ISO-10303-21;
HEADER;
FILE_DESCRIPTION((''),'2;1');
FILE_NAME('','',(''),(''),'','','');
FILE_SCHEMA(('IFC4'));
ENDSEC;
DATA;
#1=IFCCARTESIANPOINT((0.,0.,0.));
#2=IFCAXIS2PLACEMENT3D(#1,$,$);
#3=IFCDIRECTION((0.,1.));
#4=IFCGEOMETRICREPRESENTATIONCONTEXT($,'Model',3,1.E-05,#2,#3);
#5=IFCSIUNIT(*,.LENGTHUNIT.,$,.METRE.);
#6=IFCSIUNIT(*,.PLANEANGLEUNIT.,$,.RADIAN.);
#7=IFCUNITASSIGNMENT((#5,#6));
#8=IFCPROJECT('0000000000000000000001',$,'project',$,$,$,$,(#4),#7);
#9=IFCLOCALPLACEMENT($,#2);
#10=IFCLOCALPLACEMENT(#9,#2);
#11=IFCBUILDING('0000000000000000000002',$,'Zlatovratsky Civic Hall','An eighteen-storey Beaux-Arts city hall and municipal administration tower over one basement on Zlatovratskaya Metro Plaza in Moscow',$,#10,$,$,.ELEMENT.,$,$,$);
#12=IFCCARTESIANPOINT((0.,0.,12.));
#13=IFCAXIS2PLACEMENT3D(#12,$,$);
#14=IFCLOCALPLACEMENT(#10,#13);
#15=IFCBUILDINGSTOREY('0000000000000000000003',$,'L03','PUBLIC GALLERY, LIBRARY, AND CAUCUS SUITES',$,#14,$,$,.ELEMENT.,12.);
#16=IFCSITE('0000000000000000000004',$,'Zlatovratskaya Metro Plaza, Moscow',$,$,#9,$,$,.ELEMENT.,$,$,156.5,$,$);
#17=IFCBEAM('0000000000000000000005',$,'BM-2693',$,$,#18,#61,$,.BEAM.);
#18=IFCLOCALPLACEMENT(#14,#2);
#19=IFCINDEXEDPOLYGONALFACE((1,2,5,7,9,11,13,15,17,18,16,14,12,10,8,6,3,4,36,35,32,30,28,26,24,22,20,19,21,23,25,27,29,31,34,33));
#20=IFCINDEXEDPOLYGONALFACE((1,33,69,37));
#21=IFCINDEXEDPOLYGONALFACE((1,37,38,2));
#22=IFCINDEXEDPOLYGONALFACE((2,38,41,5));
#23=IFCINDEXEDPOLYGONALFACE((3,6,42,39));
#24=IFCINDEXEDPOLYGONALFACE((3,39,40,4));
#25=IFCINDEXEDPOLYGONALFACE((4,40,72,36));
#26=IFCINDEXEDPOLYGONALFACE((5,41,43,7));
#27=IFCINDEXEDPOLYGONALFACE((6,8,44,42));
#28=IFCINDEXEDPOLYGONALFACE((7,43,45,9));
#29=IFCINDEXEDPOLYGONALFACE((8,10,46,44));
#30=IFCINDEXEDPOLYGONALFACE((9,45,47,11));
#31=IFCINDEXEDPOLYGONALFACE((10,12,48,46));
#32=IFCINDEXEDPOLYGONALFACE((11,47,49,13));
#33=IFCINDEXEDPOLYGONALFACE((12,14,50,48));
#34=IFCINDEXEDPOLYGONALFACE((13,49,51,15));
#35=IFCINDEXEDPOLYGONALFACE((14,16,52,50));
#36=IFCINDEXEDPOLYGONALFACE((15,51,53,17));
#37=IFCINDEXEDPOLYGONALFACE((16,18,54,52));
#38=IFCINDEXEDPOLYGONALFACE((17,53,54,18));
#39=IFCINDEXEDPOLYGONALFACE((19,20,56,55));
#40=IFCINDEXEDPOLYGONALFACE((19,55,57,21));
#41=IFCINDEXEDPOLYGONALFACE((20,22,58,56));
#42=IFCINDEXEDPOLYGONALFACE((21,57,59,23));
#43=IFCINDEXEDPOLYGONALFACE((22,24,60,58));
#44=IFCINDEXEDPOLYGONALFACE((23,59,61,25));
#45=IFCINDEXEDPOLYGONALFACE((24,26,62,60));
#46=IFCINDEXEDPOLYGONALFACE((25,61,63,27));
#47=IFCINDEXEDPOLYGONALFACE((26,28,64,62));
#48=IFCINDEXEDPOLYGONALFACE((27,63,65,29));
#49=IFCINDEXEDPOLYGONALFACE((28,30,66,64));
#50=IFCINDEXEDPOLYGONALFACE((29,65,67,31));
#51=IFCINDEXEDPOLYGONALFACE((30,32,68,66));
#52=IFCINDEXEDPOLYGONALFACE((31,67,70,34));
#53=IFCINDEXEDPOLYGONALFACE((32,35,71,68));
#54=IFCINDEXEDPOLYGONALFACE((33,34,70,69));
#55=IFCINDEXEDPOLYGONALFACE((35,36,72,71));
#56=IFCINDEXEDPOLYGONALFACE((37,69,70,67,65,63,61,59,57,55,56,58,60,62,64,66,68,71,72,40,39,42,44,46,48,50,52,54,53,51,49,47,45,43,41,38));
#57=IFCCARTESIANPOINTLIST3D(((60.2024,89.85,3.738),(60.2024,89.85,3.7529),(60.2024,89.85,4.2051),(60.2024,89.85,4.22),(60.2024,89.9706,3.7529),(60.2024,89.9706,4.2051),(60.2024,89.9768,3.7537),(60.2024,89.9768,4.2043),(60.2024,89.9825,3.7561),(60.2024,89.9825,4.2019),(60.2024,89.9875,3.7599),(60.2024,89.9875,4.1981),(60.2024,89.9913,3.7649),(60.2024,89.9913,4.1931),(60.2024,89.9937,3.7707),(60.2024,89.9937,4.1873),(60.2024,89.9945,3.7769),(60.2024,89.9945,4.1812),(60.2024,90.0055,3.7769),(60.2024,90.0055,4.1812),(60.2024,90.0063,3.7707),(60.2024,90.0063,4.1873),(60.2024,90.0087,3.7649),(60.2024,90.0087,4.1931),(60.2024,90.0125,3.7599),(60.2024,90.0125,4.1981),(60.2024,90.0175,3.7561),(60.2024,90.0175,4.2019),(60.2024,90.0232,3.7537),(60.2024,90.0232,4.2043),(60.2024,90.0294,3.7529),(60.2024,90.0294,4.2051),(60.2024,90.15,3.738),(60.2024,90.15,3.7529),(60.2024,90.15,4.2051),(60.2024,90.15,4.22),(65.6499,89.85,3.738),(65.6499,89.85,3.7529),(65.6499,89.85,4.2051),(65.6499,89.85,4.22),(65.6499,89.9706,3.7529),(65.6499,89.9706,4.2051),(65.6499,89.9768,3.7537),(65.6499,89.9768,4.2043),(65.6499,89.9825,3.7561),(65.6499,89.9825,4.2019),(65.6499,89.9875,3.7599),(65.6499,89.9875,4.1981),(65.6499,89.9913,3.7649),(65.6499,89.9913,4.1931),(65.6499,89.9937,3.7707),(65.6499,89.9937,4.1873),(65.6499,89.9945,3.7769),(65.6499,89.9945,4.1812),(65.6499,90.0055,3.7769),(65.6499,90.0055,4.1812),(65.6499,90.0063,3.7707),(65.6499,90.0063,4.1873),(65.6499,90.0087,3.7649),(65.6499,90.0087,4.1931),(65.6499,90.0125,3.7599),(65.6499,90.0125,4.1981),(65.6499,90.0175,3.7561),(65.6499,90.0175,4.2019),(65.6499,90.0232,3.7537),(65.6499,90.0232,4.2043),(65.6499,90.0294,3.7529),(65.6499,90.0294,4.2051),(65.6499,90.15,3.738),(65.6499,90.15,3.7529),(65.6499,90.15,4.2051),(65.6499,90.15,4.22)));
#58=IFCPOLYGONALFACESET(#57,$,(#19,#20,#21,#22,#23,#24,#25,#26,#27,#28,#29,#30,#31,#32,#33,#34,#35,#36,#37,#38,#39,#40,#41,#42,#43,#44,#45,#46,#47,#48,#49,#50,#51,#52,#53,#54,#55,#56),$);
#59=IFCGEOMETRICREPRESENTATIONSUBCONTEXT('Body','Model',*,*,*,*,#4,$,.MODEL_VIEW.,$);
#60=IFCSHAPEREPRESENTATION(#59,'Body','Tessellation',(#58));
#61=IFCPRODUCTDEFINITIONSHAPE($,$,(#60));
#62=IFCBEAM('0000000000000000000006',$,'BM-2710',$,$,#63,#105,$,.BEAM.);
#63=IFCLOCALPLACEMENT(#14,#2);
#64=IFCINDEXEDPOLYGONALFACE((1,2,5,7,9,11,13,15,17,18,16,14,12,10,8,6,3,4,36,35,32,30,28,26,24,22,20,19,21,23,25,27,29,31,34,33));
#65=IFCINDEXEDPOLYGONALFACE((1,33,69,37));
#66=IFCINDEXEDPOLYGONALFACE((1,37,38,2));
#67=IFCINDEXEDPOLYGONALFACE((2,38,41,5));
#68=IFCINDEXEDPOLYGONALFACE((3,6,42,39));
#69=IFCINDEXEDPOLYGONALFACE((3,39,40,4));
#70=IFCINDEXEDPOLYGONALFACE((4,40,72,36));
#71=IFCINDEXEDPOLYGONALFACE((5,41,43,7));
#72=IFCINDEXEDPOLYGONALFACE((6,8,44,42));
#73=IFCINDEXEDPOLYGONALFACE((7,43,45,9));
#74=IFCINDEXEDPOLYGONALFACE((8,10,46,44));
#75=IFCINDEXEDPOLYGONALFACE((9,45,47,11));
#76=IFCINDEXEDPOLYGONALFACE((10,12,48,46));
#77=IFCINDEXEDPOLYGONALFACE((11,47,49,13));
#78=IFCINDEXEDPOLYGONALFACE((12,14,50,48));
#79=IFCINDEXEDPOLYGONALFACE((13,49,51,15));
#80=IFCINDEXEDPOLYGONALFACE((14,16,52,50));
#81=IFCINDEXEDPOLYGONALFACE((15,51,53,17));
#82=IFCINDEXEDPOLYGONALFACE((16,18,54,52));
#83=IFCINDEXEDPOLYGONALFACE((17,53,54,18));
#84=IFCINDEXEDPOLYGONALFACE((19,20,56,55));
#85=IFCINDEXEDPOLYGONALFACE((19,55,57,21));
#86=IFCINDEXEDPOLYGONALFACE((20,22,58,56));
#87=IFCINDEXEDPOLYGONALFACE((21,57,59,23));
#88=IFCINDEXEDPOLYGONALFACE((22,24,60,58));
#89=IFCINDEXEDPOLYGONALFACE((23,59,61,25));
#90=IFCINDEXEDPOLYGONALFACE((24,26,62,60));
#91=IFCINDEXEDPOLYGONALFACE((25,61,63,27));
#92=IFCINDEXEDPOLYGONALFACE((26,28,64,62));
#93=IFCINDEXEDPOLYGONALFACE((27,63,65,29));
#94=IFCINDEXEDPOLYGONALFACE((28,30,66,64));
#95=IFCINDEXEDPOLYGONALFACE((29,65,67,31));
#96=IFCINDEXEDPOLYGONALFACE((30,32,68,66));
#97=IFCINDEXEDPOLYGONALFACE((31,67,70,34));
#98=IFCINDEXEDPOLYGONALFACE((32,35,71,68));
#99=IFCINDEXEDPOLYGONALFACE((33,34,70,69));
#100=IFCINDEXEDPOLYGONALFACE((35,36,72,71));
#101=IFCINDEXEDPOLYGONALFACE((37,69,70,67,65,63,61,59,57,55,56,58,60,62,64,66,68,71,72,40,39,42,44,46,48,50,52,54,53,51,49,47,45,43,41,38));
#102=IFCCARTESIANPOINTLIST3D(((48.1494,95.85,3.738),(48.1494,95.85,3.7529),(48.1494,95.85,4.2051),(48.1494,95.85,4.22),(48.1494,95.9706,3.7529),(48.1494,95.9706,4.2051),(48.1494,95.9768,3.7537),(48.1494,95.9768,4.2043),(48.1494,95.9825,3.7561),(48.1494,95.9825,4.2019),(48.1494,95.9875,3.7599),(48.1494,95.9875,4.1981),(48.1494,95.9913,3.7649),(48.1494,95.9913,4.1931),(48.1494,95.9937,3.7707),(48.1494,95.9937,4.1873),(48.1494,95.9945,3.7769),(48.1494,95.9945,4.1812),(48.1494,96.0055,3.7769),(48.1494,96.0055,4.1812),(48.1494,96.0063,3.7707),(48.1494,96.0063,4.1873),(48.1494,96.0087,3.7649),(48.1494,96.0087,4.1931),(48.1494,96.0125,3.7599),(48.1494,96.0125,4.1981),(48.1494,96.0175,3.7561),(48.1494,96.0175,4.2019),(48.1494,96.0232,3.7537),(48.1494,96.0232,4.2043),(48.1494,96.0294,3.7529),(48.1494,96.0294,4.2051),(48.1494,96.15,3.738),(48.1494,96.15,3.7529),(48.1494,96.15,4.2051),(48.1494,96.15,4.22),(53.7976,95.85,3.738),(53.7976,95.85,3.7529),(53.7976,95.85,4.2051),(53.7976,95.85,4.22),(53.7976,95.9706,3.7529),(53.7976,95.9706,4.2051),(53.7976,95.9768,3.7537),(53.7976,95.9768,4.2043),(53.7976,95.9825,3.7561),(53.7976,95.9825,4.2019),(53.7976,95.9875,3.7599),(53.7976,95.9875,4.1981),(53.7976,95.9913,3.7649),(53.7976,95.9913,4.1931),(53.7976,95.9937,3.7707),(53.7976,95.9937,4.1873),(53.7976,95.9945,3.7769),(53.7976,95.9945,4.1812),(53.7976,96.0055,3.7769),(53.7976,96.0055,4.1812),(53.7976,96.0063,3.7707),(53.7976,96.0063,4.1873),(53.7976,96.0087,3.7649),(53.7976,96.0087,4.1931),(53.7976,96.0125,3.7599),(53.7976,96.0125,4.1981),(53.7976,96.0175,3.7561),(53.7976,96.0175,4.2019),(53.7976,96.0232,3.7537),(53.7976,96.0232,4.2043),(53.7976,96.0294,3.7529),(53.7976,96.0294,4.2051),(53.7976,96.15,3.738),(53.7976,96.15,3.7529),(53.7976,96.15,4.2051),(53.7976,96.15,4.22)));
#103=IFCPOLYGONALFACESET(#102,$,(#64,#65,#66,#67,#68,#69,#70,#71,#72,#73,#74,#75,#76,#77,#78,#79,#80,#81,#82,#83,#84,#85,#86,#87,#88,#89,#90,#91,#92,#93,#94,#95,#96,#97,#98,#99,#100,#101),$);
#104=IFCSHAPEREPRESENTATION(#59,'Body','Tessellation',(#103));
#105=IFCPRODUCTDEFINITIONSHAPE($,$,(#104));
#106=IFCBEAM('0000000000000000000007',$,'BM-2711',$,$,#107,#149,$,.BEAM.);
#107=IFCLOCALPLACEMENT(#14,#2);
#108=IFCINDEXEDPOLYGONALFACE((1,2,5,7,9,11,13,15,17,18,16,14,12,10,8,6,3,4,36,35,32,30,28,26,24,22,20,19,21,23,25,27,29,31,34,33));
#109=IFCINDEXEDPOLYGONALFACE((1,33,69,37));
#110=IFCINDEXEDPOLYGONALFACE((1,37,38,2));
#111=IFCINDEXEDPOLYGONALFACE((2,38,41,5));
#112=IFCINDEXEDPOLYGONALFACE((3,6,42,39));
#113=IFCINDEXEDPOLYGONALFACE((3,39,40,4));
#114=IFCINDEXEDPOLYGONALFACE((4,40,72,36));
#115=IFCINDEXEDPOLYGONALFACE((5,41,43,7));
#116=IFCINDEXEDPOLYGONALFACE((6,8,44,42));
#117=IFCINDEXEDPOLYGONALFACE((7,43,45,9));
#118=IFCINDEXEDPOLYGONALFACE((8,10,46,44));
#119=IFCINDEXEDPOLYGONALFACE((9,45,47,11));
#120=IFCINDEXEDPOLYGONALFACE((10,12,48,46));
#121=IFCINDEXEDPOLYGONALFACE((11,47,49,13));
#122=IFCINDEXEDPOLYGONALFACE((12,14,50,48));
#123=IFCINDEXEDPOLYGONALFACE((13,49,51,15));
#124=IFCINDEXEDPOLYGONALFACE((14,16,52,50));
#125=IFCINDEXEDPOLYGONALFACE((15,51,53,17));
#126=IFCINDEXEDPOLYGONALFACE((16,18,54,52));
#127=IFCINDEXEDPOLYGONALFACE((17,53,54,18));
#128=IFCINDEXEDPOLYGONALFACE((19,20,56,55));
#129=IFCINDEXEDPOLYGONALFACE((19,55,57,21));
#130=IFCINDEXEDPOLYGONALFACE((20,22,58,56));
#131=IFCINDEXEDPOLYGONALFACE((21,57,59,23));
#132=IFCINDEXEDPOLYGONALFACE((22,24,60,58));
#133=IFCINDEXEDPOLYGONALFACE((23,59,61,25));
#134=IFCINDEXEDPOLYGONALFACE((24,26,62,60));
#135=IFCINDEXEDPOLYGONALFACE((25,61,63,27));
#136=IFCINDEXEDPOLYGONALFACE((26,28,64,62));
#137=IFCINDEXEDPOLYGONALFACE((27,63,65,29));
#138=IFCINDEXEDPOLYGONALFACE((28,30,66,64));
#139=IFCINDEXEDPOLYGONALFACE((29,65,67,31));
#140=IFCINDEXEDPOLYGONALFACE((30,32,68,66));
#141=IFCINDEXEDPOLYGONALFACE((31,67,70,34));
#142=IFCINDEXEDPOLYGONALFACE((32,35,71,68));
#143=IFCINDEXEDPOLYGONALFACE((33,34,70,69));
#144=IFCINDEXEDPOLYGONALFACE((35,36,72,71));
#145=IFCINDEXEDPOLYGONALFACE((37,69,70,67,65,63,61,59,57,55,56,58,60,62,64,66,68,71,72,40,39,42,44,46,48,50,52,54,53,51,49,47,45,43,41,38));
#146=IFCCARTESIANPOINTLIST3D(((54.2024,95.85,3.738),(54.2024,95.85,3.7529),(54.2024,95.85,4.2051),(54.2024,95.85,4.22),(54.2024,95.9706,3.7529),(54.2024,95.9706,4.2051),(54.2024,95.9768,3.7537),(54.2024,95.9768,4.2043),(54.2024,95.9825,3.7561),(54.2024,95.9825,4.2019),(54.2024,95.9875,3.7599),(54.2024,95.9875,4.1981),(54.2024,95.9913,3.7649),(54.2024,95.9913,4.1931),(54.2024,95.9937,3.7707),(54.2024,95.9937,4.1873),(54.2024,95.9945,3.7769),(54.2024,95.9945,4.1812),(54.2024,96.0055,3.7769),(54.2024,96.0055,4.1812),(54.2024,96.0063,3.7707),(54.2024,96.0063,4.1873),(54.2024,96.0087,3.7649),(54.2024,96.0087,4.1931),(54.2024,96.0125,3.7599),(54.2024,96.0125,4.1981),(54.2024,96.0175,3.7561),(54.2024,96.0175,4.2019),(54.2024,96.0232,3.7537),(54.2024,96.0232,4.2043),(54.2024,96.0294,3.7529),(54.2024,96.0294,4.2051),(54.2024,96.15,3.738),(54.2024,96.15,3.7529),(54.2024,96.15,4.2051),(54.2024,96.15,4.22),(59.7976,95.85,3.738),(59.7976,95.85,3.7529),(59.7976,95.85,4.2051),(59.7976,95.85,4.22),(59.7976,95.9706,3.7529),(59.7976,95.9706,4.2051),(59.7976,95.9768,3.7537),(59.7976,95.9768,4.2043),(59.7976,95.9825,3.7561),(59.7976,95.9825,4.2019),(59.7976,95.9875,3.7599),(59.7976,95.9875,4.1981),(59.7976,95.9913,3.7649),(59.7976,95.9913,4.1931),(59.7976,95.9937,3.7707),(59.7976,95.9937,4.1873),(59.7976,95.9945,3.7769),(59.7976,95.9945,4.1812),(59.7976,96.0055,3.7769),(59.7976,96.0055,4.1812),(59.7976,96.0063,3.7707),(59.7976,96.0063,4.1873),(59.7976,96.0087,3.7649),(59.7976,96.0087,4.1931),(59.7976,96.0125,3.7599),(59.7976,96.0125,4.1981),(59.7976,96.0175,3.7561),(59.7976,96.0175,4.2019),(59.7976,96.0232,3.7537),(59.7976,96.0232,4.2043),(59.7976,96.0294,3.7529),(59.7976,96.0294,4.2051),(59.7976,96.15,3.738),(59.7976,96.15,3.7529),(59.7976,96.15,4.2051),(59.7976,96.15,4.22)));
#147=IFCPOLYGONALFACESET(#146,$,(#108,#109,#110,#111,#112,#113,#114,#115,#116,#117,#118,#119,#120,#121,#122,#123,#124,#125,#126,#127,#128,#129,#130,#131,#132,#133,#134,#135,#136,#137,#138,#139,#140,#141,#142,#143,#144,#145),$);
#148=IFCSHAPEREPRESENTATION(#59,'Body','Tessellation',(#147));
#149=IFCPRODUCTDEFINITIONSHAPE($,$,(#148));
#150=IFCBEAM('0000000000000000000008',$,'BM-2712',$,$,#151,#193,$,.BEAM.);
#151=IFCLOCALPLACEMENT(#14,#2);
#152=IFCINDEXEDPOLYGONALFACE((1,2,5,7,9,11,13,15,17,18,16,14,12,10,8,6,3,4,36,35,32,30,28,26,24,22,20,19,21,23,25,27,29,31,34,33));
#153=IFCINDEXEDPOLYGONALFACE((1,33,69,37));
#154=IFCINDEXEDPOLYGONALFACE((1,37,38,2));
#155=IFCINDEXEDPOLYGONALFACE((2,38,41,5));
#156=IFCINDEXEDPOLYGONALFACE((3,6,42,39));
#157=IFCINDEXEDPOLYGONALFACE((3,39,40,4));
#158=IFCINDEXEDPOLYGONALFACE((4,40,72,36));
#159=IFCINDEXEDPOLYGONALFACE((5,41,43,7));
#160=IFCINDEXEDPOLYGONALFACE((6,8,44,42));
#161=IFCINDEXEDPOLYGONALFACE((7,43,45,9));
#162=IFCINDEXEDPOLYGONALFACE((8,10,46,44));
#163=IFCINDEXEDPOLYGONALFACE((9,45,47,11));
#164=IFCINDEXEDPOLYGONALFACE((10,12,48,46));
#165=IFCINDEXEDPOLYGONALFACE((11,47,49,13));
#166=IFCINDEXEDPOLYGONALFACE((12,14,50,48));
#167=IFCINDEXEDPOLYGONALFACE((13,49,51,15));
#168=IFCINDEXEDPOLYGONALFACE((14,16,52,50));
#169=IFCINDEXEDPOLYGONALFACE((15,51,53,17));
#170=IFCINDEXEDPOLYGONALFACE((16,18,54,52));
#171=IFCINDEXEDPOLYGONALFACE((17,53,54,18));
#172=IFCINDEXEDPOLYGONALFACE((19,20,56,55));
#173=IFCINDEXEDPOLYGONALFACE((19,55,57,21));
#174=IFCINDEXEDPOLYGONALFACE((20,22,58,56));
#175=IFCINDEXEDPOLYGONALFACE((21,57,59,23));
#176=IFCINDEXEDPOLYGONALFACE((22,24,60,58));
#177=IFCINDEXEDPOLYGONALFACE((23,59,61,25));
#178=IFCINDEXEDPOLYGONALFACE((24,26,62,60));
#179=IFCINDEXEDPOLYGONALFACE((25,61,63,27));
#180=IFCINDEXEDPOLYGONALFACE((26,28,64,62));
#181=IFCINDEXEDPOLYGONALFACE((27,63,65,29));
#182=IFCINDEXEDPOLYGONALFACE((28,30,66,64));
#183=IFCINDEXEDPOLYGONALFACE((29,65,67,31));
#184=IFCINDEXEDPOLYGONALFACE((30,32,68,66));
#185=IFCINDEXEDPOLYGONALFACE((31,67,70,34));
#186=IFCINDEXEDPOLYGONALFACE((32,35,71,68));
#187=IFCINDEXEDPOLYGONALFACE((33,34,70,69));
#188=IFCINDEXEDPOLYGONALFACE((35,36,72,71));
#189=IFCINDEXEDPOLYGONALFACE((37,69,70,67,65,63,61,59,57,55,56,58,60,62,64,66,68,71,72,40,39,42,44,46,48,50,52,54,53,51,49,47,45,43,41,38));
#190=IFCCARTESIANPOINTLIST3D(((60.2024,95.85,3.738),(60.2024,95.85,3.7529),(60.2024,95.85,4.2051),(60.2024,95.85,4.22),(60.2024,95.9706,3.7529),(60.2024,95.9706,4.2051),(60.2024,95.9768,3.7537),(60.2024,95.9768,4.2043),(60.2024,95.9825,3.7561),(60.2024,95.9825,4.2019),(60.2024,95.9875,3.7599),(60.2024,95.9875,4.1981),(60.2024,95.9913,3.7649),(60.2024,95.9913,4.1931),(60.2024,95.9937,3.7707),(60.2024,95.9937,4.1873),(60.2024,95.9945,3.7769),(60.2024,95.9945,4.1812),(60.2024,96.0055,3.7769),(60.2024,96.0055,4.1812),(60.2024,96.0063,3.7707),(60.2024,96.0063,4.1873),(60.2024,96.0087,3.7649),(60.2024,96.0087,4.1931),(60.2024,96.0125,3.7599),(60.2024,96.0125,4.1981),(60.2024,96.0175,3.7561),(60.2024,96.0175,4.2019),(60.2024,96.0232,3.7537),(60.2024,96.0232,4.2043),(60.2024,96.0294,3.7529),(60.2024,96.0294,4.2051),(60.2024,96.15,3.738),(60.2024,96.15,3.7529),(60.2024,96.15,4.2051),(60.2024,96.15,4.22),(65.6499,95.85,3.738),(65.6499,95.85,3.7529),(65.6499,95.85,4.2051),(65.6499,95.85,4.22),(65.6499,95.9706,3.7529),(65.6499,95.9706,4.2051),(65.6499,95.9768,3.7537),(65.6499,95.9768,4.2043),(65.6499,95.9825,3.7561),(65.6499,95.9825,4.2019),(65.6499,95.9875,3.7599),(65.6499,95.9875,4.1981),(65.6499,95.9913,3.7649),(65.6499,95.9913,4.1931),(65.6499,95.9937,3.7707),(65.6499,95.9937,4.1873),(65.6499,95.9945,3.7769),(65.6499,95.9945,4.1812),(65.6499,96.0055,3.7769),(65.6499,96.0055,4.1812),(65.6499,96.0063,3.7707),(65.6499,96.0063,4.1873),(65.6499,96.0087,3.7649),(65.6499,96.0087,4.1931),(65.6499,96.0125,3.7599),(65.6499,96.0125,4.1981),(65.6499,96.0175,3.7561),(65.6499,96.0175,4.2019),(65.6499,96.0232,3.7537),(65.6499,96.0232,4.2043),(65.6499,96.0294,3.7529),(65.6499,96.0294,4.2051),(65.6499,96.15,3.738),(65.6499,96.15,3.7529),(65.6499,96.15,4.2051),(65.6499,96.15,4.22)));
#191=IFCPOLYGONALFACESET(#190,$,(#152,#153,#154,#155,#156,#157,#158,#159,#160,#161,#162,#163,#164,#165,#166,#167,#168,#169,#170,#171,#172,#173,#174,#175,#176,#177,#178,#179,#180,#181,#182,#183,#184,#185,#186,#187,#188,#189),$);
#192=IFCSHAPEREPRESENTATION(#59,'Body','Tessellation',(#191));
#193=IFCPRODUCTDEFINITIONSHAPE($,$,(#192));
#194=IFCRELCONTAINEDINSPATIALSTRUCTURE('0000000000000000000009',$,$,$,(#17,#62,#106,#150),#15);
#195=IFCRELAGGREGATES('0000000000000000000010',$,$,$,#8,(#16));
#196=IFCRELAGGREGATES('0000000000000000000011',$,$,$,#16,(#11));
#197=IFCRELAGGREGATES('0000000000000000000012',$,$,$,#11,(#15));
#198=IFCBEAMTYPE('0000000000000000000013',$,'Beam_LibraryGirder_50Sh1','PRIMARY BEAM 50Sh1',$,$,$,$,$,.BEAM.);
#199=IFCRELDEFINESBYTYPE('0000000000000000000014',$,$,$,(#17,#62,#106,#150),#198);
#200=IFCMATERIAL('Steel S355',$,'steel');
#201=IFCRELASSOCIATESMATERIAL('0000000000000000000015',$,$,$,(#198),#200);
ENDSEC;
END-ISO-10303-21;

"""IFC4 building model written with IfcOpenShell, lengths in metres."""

from ifc_helpers import new_model, si_unit, direction, frame, origin, origin_2d, place, context, subcontext, project, spatial, i_section, extrude, material, material_profile, profile_set, type_object, element, save


model = new_model("IFC4")

# Units and contexts
model_context = context("Model", 3, precision=1e-05, world=origin(), true_north=direction((0.0, 1.0)))
body_context = subcontext(model_context, "Body", "Model", "MODEL_VIEW")
ifc_project = project(units=[si_unit("LENGTHUNIT", "METRE"), si_unit("PLANEANGLEUNIT", "RADIAN")], contexts=[model_context])

# Site, building, storey
site_placement = place(None, origin())
site = spatial("IfcSite", under=ifc_project, at=site_placement, Name="Zlatovratskaya Metro Plaza, Moscow", CompositionType="ELEMENT", RefElevation=156.5)
building_placement = place(site_placement, origin())
building = spatial("IfcBuilding", under=site, at=building_placement, Name="Zlatovratsky Civic Hall", Description="An eighteen-storey Beaux-Arts city hall and municipal administration tower over one basement on Zlatovratskaya Metro Plaza in Moscow", CompositionType="ELEMENT")
storey_placement = place(building_placement, frame((0.0, 0.0, 12.0)))
storey = spatial("IfcBuildingStorey", under=building, at=storey_placement, Name="L03", Description="PUBLIC GALLERY, LIBRARY, AND CAUCUS SUITES", CompositionType="ELEMENT", Elevation=12.0)

# Shared definitions
ifc_material_1 = material(Name="Steel S355", Category="steel")

# Beams
ifc_material_profile_1 = material_profile(ifc_material_1, i_section(OverallWidth=0.3, OverallDepth=0.4819, WebThickness=0.011, FlangeThickness=0.0149, FilletRadius=0.0239, at=origin_2d()), Name="50Sh1")
ifc_profile_set_1 = profile_set([ifc_material_profile_1], Name="Steel S355")
beam_type_1 = type_object("IfcBeamType", Name="Beam_LibraryGirder_50Sh1", Description="PRIMARY BEAM 50Sh1", PredefinedType="BEAM", material=ifc_profile_set_1)
beam_1_placement = place(storey_placement, frame((60.2024, 90.0, 3.979), z_axis=(1.0, 0.0, 0.0), x_axis=(0.0, 1.0, 0.0)))
element("IfcBeam", 1, at=beam_1_placement, inside=storey, type_object=beam_type_1, Name="BM-2693", PredefinedType="BEAM", context=body_context, shape_type="SweptSolid", body=[
    extrude(i_section(OverallWidth=0.3, OverallDepth=0.4819, WebThickness=0.011, FlangeThickness=0.0149, FilletRadius=0.0239, at=origin_2d()), origin(), (0.0, 0.0, 1.0), 5.4475),
])
beam_2_placement = place(storey_placement, frame((48.1494, 96.0, 3.979), z_axis=(1.0, 0.0, 0.0), x_axis=(0.0, 1.0, 0.0)))
element("IfcBeam", 2, at=beam_2_placement, inside=storey, type_object=beam_type_1, Name="BM-2710", PredefinedType="BEAM", context=body_context, shape_type="SweptSolid", body=[
    extrude(i_section(OverallWidth=0.3, OverallDepth=0.4819, WebThickness=0.011, FlangeThickness=0.0149, FilletRadius=0.0239, at=origin_2d()), origin(), (0.0, 0.0, 1.0), 5.6482),
])
beam_3_placement = place(storey_placement, frame((54.2024, 96.0, 3.979), z_axis=(1.0, 0.0, 0.0), x_axis=(0.0, 1.0, 0.0)))
element("IfcBeam", 3, at=beam_3_placement, inside=storey, type_object=beam_type_1, Name="BM-2711", PredefinedType="BEAM", context=body_context, shape_type="SweptSolid", body=[
    extrude(i_section(OverallWidth=0.3, OverallDepth=0.4819, WebThickness=0.011, FlangeThickness=0.0149, FilletRadius=0.0239, at=origin_2d()), origin(), (0.0, 0.0, 1.0), 5.5952),
])
beam_4_placement = place(storey_placement, frame((60.2024, 96.0, 3.979), z_axis=(1.0, 0.0, 0.0), x_axis=(0.0, 1.0, 0.0)))
element("IfcBeam", 4, at=beam_4_placement, inside=storey, type_object=beam_type_1, Name="BM-2712", PredefinedType="BEAM", context=body_context, shape_type="SweptSolid", body=[
    extrude(i_section(OverallWidth=0.3, OverallDepth=0.4819, WebThickness=0.011, FlangeThickness=0.0149, FilletRadius=0.0239, at=origin_2d()), origin(), (0.0, 0.0, 1.0), 5.4475),
])

save(model, "model.ifc")
